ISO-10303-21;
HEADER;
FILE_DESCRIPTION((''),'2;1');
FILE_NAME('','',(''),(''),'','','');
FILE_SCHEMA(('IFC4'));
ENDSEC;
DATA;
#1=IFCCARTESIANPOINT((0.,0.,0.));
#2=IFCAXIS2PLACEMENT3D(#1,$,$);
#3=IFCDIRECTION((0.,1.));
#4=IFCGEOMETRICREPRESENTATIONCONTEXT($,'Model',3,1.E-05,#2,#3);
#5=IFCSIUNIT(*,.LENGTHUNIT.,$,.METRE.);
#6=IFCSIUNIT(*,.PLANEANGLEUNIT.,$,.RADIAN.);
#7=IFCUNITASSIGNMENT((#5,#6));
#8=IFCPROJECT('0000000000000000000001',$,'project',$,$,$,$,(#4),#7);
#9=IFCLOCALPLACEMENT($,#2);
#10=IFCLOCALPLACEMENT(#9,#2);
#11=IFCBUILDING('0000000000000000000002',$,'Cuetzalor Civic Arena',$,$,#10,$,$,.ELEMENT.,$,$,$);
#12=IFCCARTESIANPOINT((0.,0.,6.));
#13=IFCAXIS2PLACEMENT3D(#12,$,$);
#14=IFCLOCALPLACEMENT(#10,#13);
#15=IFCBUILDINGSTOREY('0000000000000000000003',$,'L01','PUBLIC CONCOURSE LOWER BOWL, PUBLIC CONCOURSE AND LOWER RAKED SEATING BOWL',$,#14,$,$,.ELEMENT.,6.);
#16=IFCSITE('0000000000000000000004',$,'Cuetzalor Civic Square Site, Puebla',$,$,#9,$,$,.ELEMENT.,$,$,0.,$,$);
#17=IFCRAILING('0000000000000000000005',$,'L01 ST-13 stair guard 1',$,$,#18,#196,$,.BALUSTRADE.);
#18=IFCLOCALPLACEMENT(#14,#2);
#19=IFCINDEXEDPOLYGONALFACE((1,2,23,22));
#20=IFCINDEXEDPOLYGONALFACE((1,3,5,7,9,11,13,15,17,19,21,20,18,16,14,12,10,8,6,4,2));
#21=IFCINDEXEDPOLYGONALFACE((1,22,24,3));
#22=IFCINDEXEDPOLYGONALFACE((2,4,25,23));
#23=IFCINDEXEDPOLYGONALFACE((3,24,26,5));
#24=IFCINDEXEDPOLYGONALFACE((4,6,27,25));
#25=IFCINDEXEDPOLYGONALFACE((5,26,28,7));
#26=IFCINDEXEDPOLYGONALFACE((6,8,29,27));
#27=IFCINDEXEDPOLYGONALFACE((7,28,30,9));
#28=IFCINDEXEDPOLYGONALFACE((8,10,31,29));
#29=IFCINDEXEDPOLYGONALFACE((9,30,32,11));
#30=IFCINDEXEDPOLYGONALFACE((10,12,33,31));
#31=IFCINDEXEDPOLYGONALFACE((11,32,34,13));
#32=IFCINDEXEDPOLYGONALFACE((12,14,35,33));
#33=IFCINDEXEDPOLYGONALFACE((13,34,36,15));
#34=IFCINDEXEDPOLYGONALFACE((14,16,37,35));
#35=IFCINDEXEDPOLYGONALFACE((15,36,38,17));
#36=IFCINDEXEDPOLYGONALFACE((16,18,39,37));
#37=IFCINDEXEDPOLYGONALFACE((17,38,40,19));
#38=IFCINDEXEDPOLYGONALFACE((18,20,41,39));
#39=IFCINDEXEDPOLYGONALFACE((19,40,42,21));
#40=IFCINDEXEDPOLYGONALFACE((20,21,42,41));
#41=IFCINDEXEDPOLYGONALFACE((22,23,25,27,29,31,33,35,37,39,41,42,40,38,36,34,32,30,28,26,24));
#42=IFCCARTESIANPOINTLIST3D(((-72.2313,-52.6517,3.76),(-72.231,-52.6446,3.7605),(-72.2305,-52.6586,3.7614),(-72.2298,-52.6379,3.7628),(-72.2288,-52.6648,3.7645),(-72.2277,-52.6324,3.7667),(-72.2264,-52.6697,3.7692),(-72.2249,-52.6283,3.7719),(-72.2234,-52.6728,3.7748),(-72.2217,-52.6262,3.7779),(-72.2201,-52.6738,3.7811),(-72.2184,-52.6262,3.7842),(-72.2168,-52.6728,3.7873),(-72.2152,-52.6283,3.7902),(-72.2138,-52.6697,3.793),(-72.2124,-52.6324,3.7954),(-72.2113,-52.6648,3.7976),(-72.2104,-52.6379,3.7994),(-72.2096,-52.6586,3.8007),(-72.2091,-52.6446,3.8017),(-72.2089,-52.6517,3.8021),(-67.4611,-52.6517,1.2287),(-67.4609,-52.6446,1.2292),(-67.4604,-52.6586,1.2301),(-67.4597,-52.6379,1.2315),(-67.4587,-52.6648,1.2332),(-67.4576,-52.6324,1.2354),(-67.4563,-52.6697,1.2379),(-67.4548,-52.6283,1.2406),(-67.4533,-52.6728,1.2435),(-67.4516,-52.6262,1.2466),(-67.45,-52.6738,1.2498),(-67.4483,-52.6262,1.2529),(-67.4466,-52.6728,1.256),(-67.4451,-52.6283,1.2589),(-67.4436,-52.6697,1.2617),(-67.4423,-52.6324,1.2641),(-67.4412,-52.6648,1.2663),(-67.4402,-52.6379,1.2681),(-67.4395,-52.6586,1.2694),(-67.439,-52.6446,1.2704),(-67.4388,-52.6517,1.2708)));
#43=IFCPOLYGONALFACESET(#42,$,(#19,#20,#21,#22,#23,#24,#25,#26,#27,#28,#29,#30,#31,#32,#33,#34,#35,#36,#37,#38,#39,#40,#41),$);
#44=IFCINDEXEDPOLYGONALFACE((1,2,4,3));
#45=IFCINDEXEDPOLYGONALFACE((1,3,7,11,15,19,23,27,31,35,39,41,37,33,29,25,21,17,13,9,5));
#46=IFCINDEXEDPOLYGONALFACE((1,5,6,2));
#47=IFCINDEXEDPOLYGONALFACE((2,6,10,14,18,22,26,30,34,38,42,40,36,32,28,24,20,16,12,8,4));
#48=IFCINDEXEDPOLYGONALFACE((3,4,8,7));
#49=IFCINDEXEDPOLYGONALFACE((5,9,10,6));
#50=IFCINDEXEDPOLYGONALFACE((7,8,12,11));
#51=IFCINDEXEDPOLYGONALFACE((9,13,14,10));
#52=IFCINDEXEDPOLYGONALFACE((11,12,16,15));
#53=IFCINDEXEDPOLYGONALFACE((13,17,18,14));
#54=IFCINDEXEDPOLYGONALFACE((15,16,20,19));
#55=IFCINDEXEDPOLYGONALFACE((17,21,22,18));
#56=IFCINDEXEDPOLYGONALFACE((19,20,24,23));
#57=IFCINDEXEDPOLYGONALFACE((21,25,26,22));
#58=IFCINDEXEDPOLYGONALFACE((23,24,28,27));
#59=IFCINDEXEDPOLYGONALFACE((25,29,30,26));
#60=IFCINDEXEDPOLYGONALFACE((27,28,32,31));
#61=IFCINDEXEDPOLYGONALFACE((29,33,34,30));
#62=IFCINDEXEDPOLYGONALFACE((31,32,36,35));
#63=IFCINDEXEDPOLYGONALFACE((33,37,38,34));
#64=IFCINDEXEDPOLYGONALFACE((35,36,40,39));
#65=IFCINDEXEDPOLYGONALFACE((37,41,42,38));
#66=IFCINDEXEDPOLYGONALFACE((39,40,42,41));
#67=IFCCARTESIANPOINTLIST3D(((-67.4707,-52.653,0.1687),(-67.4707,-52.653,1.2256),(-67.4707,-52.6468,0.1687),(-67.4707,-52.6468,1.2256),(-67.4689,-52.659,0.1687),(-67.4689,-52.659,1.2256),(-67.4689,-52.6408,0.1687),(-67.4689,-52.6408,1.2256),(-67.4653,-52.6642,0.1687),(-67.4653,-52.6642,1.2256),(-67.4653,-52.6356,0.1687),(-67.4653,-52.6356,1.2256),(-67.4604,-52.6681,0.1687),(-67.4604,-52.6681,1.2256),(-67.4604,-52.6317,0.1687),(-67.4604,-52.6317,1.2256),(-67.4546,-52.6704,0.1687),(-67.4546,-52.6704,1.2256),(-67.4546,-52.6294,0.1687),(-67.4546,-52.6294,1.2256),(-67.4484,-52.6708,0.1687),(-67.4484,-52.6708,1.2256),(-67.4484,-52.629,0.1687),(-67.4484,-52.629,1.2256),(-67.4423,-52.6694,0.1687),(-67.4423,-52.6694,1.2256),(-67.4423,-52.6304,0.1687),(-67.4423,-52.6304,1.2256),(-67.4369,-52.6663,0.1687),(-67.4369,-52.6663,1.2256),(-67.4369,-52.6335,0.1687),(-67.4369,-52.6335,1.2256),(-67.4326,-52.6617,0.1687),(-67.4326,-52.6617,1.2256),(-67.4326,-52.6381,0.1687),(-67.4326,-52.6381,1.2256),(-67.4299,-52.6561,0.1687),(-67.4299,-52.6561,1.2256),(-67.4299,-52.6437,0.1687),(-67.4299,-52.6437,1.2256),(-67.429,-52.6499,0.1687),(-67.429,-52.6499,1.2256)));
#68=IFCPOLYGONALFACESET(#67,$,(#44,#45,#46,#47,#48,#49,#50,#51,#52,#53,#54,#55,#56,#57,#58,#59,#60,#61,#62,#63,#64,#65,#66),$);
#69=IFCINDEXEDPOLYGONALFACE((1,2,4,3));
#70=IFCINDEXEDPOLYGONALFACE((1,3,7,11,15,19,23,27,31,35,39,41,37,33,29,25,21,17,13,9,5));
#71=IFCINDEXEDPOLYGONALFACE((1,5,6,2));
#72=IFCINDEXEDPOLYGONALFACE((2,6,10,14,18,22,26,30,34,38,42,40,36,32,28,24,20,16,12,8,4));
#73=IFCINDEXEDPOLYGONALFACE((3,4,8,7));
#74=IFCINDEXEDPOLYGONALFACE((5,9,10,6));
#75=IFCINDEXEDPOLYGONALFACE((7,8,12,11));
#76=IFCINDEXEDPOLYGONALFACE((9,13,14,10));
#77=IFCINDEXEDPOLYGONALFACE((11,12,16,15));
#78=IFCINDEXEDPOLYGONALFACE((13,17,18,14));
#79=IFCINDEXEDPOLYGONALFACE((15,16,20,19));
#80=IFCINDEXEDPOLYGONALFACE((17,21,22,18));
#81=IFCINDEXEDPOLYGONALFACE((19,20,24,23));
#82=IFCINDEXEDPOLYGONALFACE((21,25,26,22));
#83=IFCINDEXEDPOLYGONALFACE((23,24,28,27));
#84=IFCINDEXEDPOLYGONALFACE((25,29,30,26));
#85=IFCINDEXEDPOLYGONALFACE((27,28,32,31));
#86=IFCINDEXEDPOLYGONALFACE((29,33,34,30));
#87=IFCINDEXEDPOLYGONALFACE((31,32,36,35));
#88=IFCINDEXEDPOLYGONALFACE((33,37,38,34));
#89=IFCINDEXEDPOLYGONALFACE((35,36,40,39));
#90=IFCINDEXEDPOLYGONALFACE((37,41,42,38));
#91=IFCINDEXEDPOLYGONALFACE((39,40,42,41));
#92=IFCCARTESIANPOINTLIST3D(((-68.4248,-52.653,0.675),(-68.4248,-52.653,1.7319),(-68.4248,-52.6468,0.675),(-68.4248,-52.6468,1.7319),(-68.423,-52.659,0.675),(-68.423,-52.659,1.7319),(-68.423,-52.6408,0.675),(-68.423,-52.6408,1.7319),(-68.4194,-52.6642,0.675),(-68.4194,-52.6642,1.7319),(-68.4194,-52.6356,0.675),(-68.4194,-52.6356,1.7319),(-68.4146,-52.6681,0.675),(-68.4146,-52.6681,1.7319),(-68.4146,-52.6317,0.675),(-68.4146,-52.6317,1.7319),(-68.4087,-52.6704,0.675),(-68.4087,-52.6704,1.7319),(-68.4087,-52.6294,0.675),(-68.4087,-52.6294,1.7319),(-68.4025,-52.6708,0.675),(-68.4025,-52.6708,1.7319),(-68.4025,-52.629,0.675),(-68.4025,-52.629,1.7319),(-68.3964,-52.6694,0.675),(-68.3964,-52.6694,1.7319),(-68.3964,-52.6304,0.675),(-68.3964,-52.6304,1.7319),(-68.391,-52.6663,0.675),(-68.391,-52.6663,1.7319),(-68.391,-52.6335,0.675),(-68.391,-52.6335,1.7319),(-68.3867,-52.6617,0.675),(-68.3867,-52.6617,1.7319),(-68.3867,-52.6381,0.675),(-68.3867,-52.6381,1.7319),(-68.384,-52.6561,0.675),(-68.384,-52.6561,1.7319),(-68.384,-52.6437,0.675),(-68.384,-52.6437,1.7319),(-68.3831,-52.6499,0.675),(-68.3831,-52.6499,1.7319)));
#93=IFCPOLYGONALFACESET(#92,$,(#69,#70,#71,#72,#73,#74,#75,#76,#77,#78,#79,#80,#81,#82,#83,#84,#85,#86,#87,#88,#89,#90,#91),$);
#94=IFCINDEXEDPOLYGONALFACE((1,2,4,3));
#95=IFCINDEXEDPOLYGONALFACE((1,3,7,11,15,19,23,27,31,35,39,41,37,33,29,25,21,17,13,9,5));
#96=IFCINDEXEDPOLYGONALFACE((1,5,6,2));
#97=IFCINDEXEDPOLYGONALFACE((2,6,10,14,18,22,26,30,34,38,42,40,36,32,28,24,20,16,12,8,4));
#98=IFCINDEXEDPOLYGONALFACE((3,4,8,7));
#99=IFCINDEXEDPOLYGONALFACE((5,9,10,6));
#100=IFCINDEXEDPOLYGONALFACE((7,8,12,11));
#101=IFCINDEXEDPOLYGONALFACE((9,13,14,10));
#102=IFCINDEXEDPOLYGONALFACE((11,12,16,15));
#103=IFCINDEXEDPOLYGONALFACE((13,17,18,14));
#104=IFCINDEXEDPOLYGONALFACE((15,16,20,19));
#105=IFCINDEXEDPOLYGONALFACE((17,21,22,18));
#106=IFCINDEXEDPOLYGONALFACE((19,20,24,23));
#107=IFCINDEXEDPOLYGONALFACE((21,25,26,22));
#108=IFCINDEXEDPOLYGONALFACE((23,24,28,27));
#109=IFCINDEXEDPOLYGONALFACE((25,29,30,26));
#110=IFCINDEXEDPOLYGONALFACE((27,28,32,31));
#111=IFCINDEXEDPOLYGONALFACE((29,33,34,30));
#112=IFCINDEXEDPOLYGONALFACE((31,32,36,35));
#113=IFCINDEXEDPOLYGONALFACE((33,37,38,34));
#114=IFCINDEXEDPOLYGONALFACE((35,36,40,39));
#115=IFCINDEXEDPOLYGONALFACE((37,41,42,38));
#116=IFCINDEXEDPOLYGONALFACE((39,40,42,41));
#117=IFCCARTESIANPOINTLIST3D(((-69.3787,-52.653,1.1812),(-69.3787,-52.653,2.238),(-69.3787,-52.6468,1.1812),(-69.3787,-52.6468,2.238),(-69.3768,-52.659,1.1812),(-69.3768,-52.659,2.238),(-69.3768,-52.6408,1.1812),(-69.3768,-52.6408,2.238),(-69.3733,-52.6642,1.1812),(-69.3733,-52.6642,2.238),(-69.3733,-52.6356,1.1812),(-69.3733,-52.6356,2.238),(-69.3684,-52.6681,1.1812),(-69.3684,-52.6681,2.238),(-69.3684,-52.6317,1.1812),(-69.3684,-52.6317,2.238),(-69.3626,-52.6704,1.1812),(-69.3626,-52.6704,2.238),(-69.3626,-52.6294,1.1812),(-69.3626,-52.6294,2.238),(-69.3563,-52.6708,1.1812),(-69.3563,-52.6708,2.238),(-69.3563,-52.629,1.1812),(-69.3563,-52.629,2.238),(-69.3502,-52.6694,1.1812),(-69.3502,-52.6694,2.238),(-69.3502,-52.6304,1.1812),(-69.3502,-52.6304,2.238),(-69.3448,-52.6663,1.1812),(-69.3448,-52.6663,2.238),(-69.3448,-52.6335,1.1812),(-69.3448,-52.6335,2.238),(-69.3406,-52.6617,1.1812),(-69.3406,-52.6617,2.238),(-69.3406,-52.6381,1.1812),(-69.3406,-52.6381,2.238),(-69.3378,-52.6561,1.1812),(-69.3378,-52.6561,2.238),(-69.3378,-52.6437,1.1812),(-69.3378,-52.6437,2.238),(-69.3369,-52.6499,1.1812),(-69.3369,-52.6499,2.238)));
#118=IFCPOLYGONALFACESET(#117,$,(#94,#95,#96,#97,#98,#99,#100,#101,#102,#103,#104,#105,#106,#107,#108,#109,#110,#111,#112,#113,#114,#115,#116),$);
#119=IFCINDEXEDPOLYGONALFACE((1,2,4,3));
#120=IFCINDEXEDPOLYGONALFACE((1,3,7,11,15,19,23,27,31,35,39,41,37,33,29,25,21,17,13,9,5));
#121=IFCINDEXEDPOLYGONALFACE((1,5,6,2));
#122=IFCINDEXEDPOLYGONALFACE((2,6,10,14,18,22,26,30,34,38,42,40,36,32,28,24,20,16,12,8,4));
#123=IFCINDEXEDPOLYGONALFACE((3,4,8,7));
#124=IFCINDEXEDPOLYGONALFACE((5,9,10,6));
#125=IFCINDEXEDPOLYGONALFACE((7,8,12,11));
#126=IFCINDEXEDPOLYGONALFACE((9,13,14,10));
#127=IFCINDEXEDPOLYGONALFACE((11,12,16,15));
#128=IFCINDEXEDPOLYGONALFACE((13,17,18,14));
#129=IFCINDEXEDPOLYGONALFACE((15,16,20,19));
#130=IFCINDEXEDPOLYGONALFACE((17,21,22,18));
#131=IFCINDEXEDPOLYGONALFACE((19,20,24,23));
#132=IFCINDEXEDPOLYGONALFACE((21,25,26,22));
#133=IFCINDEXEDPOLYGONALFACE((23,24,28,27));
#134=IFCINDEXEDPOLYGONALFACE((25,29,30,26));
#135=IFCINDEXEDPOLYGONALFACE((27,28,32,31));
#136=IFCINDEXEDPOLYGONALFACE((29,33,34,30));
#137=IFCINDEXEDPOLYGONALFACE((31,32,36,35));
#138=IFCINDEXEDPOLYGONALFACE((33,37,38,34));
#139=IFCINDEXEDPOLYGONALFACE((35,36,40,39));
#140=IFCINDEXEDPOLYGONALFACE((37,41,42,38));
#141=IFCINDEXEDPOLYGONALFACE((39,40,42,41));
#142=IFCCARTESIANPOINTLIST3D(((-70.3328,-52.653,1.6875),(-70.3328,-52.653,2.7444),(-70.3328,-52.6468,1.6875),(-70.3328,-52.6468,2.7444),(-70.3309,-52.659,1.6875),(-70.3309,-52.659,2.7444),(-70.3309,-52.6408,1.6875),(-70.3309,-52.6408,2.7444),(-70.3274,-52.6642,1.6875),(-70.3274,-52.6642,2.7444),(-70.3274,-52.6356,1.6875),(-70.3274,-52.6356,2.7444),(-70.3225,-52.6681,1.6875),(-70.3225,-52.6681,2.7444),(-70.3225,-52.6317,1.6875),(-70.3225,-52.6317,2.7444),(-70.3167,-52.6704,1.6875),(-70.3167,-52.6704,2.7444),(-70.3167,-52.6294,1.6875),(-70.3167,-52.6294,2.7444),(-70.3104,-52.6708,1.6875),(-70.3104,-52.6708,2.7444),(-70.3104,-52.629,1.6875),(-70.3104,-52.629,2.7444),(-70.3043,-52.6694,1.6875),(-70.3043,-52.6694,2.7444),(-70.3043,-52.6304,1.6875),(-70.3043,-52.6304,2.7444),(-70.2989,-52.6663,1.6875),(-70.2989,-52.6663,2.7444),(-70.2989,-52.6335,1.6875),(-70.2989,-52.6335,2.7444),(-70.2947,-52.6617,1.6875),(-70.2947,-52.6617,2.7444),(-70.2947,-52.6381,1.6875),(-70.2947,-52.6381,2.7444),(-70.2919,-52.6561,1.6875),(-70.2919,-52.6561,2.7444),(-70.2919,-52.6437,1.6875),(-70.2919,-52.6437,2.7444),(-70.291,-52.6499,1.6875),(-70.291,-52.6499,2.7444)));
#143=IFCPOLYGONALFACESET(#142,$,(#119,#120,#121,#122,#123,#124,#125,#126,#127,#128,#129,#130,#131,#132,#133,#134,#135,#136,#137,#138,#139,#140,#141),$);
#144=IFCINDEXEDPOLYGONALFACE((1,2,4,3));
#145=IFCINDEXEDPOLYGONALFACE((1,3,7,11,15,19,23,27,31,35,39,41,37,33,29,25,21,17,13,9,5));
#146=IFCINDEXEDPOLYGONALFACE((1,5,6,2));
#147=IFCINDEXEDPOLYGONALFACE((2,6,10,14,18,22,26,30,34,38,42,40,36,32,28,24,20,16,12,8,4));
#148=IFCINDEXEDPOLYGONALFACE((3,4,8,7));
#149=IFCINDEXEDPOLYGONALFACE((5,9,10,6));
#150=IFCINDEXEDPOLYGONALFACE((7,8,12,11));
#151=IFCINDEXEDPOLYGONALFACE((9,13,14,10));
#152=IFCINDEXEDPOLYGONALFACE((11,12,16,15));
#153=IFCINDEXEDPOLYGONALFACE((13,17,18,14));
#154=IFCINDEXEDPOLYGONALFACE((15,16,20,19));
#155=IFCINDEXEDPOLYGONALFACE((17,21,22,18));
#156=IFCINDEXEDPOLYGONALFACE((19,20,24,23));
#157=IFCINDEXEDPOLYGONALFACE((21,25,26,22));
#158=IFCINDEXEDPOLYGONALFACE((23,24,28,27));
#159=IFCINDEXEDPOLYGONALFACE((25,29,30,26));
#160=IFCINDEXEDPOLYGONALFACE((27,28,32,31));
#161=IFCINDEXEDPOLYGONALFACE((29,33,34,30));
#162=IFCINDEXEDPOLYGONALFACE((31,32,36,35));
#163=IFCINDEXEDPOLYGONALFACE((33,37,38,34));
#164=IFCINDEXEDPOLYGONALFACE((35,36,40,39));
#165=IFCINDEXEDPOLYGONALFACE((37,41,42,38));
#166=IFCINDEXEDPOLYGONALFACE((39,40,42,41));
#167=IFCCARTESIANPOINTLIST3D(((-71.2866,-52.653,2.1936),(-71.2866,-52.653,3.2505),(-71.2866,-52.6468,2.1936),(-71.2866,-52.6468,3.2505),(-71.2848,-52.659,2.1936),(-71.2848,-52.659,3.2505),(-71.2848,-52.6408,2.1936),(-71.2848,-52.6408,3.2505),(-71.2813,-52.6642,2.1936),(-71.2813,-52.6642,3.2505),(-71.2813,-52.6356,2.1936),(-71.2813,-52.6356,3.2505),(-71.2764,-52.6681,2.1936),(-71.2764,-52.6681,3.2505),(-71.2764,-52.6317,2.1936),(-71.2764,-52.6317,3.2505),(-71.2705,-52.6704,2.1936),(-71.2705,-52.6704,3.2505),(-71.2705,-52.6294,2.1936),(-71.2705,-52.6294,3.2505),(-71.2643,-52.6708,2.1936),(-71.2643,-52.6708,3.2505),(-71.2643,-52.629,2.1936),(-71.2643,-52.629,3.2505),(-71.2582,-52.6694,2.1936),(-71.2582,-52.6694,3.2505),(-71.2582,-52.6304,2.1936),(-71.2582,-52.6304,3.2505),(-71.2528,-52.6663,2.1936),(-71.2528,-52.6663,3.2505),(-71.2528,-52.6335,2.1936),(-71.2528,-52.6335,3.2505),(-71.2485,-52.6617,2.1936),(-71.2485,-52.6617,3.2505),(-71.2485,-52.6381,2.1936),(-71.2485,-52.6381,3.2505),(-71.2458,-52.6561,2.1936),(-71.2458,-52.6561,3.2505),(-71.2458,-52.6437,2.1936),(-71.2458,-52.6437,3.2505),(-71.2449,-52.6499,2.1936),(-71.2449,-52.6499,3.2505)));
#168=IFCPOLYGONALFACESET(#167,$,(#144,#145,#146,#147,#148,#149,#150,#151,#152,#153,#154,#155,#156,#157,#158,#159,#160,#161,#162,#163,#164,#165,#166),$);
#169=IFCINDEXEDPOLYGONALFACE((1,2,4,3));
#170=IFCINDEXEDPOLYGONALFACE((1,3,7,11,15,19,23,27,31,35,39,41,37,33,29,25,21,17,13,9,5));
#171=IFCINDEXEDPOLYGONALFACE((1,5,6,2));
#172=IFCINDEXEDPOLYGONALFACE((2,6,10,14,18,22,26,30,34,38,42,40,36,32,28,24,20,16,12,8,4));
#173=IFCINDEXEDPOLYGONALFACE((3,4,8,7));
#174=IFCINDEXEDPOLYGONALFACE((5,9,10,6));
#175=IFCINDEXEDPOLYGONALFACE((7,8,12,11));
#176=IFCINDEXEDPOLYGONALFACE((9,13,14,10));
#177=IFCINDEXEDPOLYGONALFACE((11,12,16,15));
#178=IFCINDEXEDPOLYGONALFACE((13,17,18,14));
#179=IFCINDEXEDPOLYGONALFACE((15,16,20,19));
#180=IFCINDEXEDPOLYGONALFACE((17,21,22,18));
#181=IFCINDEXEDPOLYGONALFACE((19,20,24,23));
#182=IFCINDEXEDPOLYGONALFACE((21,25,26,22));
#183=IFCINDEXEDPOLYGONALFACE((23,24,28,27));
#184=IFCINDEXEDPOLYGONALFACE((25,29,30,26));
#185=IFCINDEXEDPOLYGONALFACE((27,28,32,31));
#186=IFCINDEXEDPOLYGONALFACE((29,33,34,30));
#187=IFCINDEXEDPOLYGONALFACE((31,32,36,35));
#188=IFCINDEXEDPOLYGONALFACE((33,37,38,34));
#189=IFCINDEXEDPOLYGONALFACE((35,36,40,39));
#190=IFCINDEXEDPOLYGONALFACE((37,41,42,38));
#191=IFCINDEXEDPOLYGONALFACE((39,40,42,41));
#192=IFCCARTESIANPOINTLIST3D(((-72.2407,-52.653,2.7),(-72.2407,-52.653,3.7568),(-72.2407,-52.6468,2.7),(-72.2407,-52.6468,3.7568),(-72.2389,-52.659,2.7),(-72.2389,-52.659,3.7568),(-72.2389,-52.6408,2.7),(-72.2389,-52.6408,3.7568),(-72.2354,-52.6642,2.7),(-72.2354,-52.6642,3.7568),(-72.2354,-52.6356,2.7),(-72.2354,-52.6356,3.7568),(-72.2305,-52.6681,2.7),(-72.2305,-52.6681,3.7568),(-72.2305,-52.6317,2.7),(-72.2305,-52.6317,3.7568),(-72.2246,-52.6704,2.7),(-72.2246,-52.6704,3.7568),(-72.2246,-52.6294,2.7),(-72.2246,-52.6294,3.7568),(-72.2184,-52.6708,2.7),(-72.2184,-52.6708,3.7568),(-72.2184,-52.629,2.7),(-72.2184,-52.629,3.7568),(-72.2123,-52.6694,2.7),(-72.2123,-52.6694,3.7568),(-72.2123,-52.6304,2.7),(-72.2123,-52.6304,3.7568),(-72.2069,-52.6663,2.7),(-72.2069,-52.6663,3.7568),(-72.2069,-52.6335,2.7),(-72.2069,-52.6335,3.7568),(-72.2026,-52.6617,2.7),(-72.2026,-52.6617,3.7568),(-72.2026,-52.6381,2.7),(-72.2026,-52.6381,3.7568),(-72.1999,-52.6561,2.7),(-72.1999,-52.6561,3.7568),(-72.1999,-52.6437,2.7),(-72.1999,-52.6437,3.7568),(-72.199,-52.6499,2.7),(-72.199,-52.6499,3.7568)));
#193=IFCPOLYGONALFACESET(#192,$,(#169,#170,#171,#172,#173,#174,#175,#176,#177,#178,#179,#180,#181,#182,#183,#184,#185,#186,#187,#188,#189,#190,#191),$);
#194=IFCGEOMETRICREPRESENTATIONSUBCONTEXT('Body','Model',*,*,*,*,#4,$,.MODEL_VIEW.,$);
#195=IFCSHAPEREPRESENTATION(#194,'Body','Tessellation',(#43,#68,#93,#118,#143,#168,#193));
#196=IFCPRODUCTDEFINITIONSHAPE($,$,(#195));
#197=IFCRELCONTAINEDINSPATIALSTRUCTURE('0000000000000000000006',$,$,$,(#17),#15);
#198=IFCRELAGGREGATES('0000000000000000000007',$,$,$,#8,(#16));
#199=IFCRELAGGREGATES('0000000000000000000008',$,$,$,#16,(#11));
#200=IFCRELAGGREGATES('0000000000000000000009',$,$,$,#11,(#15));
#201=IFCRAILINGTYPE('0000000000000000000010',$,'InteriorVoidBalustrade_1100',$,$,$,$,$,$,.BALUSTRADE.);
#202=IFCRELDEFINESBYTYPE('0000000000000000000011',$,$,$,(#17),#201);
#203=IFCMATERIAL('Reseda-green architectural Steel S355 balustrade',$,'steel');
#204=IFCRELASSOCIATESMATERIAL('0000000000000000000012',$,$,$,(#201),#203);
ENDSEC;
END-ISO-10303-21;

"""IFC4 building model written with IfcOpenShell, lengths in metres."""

from ifc_helpers import new_model, si_unit, direction, frame, origin, origin_2d, place, context, subcontext, project, spatial, circle, extrude, material, type_object, element, save


model = new_model("IFC4")

# Units and contexts
model_context = context("Model", 3, precision=1e-05, world=origin(), true_north=direction((0.0, 1.0)))
body_context = subcontext(model_context, "Body", "Model", "MODEL_VIEW")
ifc_project = project(units=[si_unit("LENGTHUNIT", "METRE"), si_unit("PLANEANGLEUNIT", "RADIAN")], contexts=[model_context])

# Site, building, storey
site_placement = place(None, origin())
site = spatial("IfcSite", under=ifc_project, at=site_placement, Name="Cuetzalor Civic Square Site, Puebla", CompositionType="ELEMENT", RefElevation=0.0)
building_placement = place(site_placement, origin())
building = spatial("IfcBuilding", under=site, at=building_placement, Name="Cuetzalor Civic Arena", CompositionType="ELEMENT")
storey_placement = place(building_placement, frame((0.0, 0.0, 6.0)))
storey = spatial("IfcBuildingStorey", under=building, at=storey_placement, Name="L01", Description="PUBLIC CONCOURSE LOWER BOWL, PUBLIC CONCOURSE AND LOWER RAKED SEATING BOWL", CompositionType="ELEMENT", Elevation=6.0)

# Railing
ifc_material_1 = material(Name="Reseda-green architectural Steel S355 balustrade", Category="steel")
railing_type_1 = type_object("IfcRailingType", Name="InteriorVoidBalustrade_1100", PredefinedType="BALUSTRADE", material=ifc_material_1)
railing_1_placement = place(storey_placement, frame((-67.45, -52.6499, 0.1687)))
element("IfcRailing", 1, at=railing_1_placement, inside=storey, type_object=railing_type_1, Name="L01 ST-13 stair guard 1", PredefinedType="BALUSTRADE", context=body_context, shape_type="SweptSolid", body=[
    extrude(circle(Radius=0.0239, at=origin_2d()), frame((0.0, 0.0, 1.0811), z_axis=(-0.883332, 0.0, 0.468747), x_axis=(0.0, -1.0, 0.0)), (0.0, 0.0, 1.0), 5.4001),
    extrude(circle(Radius=0.021, at=origin_2d()), origin(), (0.0, 0.0, 1.0), 1.0569),
    extrude(circle(Radius=0.021, at=origin_2d()), frame((-0.9541, 0.0, 0.5063)), (0.0, 0.0, 1.0), 1.0569),
    extrude(circle(Radius=0.021, at=origin_2d()), frame((-1.908, 0.0, 1.0125)), (0.0, 0.0, 1.0), 1.0569),
    extrude(circle(Radius=0.021, at=origin_2d()), frame((-2.8621, 0.0, 1.5188)), (0.0, 0.0, 1.0), 1.0569),
    extrude(circle(Radius=0.021, at=origin_2d()), frame((-3.8159, 0.0, 2.0249)), (0.0, 0.0, 1.0), 1.0569),
    extrude(circle(Radius=0.021, at=origin_2d()), frame((-4.77, 0.0, 2.5312)), (0.0, 0.0, 1.0), 1.0569),
])

save(model, "model.ifc")
